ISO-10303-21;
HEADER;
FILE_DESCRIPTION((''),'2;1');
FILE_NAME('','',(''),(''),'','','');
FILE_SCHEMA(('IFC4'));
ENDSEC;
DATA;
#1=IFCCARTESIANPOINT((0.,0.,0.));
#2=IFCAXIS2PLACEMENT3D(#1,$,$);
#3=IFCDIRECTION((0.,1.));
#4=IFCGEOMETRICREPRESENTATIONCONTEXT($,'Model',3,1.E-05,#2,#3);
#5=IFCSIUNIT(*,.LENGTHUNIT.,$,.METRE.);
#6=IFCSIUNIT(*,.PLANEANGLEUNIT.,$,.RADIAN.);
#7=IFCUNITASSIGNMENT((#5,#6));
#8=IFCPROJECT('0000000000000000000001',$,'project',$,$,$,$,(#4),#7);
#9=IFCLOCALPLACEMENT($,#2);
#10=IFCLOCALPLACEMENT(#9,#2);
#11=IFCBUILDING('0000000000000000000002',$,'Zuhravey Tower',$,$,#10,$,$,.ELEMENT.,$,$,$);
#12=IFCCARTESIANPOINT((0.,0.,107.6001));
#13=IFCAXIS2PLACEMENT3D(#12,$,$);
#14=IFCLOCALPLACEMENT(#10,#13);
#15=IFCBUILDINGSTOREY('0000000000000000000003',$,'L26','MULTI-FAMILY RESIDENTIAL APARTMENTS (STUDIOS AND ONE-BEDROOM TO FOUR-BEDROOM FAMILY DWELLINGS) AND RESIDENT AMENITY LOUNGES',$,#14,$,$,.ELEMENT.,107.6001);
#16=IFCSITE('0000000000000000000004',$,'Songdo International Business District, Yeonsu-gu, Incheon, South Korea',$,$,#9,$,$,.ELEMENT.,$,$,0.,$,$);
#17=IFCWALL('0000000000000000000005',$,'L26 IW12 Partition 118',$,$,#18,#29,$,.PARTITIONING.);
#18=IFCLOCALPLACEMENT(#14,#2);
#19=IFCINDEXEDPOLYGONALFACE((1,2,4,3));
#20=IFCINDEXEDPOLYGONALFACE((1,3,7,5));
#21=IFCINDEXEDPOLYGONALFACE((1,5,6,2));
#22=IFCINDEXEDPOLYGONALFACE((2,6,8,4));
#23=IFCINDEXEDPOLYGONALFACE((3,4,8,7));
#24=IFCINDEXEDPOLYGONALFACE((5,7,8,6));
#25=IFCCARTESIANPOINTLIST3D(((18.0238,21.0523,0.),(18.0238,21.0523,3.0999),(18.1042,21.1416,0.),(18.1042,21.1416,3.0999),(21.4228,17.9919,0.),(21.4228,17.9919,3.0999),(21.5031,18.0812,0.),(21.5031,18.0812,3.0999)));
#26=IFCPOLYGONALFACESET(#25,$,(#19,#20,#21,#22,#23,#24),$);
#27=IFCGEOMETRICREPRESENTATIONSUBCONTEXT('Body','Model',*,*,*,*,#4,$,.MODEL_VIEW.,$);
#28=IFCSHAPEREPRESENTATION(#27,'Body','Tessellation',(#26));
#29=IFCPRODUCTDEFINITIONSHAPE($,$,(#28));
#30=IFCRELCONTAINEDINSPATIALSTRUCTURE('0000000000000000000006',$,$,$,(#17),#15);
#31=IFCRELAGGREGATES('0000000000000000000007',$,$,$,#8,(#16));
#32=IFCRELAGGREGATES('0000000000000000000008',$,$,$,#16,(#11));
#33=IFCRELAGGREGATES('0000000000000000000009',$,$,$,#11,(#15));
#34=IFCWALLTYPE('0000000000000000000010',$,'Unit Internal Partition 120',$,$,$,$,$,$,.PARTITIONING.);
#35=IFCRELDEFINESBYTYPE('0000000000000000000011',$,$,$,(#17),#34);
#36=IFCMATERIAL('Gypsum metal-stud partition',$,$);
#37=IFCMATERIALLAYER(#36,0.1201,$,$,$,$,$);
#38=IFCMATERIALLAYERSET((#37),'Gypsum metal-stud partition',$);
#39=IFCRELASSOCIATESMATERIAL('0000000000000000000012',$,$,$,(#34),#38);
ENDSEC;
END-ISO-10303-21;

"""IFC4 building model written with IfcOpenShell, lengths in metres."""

from ifc_helpers import new_model, si_unit, direction, frame, frame_2d, origin, place, context, subcontext, project, spatial, rectangle, extrude, material, layer, layer_set, type_object, element, save


model = new_model("IFC4")

# Units and contexts
model_context = context("Model", 3, precision=1e-05, world=origin(), true_north=direction((0.0, 1.0)))
body_context = subcontext(model_context, "Body", "Model", "MODEL_VIEW")
ifc_project = project(units=[si_unit("LENGTHUNIT", "METRE"), si_unit("PLANEANGLEUNIT", "RADIAN")], contexts=[model_context])

# Site, building, storey
site_placement = place(None, origin())
site = spatial("IfcSite", under=ifc_project, at=site_placement, Name="Songdo International Business District, Yeonsu-gu, Incheon, South Korea", CompositionType="ELEMENT", RefElevation=0.0)
building_placement = place(site_placement, origin())
building = spatial("IfcBuilding", under=site, at=building_placement, Name="Zuhravey Tower", CompositionType="ELEMENT")
storey_placement = place(building_placement, frame((0.0, 0.0, 107.6001)))
storey = spatial("IfcBuildingStorey", under=building, at=storey_placement, Name="L26", Description="MULTI-FAMILY RESIDENTIAL APARTMENTS (STUDIOS AND ONE-BEDROOM TO FOUR-BEDROOM FAMILY DWELLINGS) AND RESIDENT AMENITY LOUNGES", CompositionType="ELEMENT", Elevation=107.6001)

# Shared definitions
ifc_material_1 = material(Name="Gypsum metal-stud partition")
ifc_layer = layer(ifc_material_1, 0.1201)
ifc_layer_set = layer_set([ifc_layer], Name="Gypsum metal-stud partition")
wall_type = type_object("IfcWallType", Name="Unit Internal Partition 120", PredefinedType="PARTITIONING", material=ifc_layer_set)

# Wall
wall_1_placement = place(storey_placement, frame((18.064, 21.0969, 0.0), z_axis=(0.0, 0.0, 1.0), x_axis=(0.743156, -0.669118, 0.0)))
element("IfcWall", 1, at=wall_1_placement, inside=storey, type_object=wall_type, Name="L26 IW12 Partition 118", PredefinedType="PARTITIONING", context=body_context, shape_type="SweptSolid", body=[
    extrude(rectangle(XDim=4.5737, YDim=0.1201, at=frame_2d((2.2869, 0.0))), origin(), (0.0, 0.0, 1.0), 3.0999),
])

save(model, "model.ifc")
